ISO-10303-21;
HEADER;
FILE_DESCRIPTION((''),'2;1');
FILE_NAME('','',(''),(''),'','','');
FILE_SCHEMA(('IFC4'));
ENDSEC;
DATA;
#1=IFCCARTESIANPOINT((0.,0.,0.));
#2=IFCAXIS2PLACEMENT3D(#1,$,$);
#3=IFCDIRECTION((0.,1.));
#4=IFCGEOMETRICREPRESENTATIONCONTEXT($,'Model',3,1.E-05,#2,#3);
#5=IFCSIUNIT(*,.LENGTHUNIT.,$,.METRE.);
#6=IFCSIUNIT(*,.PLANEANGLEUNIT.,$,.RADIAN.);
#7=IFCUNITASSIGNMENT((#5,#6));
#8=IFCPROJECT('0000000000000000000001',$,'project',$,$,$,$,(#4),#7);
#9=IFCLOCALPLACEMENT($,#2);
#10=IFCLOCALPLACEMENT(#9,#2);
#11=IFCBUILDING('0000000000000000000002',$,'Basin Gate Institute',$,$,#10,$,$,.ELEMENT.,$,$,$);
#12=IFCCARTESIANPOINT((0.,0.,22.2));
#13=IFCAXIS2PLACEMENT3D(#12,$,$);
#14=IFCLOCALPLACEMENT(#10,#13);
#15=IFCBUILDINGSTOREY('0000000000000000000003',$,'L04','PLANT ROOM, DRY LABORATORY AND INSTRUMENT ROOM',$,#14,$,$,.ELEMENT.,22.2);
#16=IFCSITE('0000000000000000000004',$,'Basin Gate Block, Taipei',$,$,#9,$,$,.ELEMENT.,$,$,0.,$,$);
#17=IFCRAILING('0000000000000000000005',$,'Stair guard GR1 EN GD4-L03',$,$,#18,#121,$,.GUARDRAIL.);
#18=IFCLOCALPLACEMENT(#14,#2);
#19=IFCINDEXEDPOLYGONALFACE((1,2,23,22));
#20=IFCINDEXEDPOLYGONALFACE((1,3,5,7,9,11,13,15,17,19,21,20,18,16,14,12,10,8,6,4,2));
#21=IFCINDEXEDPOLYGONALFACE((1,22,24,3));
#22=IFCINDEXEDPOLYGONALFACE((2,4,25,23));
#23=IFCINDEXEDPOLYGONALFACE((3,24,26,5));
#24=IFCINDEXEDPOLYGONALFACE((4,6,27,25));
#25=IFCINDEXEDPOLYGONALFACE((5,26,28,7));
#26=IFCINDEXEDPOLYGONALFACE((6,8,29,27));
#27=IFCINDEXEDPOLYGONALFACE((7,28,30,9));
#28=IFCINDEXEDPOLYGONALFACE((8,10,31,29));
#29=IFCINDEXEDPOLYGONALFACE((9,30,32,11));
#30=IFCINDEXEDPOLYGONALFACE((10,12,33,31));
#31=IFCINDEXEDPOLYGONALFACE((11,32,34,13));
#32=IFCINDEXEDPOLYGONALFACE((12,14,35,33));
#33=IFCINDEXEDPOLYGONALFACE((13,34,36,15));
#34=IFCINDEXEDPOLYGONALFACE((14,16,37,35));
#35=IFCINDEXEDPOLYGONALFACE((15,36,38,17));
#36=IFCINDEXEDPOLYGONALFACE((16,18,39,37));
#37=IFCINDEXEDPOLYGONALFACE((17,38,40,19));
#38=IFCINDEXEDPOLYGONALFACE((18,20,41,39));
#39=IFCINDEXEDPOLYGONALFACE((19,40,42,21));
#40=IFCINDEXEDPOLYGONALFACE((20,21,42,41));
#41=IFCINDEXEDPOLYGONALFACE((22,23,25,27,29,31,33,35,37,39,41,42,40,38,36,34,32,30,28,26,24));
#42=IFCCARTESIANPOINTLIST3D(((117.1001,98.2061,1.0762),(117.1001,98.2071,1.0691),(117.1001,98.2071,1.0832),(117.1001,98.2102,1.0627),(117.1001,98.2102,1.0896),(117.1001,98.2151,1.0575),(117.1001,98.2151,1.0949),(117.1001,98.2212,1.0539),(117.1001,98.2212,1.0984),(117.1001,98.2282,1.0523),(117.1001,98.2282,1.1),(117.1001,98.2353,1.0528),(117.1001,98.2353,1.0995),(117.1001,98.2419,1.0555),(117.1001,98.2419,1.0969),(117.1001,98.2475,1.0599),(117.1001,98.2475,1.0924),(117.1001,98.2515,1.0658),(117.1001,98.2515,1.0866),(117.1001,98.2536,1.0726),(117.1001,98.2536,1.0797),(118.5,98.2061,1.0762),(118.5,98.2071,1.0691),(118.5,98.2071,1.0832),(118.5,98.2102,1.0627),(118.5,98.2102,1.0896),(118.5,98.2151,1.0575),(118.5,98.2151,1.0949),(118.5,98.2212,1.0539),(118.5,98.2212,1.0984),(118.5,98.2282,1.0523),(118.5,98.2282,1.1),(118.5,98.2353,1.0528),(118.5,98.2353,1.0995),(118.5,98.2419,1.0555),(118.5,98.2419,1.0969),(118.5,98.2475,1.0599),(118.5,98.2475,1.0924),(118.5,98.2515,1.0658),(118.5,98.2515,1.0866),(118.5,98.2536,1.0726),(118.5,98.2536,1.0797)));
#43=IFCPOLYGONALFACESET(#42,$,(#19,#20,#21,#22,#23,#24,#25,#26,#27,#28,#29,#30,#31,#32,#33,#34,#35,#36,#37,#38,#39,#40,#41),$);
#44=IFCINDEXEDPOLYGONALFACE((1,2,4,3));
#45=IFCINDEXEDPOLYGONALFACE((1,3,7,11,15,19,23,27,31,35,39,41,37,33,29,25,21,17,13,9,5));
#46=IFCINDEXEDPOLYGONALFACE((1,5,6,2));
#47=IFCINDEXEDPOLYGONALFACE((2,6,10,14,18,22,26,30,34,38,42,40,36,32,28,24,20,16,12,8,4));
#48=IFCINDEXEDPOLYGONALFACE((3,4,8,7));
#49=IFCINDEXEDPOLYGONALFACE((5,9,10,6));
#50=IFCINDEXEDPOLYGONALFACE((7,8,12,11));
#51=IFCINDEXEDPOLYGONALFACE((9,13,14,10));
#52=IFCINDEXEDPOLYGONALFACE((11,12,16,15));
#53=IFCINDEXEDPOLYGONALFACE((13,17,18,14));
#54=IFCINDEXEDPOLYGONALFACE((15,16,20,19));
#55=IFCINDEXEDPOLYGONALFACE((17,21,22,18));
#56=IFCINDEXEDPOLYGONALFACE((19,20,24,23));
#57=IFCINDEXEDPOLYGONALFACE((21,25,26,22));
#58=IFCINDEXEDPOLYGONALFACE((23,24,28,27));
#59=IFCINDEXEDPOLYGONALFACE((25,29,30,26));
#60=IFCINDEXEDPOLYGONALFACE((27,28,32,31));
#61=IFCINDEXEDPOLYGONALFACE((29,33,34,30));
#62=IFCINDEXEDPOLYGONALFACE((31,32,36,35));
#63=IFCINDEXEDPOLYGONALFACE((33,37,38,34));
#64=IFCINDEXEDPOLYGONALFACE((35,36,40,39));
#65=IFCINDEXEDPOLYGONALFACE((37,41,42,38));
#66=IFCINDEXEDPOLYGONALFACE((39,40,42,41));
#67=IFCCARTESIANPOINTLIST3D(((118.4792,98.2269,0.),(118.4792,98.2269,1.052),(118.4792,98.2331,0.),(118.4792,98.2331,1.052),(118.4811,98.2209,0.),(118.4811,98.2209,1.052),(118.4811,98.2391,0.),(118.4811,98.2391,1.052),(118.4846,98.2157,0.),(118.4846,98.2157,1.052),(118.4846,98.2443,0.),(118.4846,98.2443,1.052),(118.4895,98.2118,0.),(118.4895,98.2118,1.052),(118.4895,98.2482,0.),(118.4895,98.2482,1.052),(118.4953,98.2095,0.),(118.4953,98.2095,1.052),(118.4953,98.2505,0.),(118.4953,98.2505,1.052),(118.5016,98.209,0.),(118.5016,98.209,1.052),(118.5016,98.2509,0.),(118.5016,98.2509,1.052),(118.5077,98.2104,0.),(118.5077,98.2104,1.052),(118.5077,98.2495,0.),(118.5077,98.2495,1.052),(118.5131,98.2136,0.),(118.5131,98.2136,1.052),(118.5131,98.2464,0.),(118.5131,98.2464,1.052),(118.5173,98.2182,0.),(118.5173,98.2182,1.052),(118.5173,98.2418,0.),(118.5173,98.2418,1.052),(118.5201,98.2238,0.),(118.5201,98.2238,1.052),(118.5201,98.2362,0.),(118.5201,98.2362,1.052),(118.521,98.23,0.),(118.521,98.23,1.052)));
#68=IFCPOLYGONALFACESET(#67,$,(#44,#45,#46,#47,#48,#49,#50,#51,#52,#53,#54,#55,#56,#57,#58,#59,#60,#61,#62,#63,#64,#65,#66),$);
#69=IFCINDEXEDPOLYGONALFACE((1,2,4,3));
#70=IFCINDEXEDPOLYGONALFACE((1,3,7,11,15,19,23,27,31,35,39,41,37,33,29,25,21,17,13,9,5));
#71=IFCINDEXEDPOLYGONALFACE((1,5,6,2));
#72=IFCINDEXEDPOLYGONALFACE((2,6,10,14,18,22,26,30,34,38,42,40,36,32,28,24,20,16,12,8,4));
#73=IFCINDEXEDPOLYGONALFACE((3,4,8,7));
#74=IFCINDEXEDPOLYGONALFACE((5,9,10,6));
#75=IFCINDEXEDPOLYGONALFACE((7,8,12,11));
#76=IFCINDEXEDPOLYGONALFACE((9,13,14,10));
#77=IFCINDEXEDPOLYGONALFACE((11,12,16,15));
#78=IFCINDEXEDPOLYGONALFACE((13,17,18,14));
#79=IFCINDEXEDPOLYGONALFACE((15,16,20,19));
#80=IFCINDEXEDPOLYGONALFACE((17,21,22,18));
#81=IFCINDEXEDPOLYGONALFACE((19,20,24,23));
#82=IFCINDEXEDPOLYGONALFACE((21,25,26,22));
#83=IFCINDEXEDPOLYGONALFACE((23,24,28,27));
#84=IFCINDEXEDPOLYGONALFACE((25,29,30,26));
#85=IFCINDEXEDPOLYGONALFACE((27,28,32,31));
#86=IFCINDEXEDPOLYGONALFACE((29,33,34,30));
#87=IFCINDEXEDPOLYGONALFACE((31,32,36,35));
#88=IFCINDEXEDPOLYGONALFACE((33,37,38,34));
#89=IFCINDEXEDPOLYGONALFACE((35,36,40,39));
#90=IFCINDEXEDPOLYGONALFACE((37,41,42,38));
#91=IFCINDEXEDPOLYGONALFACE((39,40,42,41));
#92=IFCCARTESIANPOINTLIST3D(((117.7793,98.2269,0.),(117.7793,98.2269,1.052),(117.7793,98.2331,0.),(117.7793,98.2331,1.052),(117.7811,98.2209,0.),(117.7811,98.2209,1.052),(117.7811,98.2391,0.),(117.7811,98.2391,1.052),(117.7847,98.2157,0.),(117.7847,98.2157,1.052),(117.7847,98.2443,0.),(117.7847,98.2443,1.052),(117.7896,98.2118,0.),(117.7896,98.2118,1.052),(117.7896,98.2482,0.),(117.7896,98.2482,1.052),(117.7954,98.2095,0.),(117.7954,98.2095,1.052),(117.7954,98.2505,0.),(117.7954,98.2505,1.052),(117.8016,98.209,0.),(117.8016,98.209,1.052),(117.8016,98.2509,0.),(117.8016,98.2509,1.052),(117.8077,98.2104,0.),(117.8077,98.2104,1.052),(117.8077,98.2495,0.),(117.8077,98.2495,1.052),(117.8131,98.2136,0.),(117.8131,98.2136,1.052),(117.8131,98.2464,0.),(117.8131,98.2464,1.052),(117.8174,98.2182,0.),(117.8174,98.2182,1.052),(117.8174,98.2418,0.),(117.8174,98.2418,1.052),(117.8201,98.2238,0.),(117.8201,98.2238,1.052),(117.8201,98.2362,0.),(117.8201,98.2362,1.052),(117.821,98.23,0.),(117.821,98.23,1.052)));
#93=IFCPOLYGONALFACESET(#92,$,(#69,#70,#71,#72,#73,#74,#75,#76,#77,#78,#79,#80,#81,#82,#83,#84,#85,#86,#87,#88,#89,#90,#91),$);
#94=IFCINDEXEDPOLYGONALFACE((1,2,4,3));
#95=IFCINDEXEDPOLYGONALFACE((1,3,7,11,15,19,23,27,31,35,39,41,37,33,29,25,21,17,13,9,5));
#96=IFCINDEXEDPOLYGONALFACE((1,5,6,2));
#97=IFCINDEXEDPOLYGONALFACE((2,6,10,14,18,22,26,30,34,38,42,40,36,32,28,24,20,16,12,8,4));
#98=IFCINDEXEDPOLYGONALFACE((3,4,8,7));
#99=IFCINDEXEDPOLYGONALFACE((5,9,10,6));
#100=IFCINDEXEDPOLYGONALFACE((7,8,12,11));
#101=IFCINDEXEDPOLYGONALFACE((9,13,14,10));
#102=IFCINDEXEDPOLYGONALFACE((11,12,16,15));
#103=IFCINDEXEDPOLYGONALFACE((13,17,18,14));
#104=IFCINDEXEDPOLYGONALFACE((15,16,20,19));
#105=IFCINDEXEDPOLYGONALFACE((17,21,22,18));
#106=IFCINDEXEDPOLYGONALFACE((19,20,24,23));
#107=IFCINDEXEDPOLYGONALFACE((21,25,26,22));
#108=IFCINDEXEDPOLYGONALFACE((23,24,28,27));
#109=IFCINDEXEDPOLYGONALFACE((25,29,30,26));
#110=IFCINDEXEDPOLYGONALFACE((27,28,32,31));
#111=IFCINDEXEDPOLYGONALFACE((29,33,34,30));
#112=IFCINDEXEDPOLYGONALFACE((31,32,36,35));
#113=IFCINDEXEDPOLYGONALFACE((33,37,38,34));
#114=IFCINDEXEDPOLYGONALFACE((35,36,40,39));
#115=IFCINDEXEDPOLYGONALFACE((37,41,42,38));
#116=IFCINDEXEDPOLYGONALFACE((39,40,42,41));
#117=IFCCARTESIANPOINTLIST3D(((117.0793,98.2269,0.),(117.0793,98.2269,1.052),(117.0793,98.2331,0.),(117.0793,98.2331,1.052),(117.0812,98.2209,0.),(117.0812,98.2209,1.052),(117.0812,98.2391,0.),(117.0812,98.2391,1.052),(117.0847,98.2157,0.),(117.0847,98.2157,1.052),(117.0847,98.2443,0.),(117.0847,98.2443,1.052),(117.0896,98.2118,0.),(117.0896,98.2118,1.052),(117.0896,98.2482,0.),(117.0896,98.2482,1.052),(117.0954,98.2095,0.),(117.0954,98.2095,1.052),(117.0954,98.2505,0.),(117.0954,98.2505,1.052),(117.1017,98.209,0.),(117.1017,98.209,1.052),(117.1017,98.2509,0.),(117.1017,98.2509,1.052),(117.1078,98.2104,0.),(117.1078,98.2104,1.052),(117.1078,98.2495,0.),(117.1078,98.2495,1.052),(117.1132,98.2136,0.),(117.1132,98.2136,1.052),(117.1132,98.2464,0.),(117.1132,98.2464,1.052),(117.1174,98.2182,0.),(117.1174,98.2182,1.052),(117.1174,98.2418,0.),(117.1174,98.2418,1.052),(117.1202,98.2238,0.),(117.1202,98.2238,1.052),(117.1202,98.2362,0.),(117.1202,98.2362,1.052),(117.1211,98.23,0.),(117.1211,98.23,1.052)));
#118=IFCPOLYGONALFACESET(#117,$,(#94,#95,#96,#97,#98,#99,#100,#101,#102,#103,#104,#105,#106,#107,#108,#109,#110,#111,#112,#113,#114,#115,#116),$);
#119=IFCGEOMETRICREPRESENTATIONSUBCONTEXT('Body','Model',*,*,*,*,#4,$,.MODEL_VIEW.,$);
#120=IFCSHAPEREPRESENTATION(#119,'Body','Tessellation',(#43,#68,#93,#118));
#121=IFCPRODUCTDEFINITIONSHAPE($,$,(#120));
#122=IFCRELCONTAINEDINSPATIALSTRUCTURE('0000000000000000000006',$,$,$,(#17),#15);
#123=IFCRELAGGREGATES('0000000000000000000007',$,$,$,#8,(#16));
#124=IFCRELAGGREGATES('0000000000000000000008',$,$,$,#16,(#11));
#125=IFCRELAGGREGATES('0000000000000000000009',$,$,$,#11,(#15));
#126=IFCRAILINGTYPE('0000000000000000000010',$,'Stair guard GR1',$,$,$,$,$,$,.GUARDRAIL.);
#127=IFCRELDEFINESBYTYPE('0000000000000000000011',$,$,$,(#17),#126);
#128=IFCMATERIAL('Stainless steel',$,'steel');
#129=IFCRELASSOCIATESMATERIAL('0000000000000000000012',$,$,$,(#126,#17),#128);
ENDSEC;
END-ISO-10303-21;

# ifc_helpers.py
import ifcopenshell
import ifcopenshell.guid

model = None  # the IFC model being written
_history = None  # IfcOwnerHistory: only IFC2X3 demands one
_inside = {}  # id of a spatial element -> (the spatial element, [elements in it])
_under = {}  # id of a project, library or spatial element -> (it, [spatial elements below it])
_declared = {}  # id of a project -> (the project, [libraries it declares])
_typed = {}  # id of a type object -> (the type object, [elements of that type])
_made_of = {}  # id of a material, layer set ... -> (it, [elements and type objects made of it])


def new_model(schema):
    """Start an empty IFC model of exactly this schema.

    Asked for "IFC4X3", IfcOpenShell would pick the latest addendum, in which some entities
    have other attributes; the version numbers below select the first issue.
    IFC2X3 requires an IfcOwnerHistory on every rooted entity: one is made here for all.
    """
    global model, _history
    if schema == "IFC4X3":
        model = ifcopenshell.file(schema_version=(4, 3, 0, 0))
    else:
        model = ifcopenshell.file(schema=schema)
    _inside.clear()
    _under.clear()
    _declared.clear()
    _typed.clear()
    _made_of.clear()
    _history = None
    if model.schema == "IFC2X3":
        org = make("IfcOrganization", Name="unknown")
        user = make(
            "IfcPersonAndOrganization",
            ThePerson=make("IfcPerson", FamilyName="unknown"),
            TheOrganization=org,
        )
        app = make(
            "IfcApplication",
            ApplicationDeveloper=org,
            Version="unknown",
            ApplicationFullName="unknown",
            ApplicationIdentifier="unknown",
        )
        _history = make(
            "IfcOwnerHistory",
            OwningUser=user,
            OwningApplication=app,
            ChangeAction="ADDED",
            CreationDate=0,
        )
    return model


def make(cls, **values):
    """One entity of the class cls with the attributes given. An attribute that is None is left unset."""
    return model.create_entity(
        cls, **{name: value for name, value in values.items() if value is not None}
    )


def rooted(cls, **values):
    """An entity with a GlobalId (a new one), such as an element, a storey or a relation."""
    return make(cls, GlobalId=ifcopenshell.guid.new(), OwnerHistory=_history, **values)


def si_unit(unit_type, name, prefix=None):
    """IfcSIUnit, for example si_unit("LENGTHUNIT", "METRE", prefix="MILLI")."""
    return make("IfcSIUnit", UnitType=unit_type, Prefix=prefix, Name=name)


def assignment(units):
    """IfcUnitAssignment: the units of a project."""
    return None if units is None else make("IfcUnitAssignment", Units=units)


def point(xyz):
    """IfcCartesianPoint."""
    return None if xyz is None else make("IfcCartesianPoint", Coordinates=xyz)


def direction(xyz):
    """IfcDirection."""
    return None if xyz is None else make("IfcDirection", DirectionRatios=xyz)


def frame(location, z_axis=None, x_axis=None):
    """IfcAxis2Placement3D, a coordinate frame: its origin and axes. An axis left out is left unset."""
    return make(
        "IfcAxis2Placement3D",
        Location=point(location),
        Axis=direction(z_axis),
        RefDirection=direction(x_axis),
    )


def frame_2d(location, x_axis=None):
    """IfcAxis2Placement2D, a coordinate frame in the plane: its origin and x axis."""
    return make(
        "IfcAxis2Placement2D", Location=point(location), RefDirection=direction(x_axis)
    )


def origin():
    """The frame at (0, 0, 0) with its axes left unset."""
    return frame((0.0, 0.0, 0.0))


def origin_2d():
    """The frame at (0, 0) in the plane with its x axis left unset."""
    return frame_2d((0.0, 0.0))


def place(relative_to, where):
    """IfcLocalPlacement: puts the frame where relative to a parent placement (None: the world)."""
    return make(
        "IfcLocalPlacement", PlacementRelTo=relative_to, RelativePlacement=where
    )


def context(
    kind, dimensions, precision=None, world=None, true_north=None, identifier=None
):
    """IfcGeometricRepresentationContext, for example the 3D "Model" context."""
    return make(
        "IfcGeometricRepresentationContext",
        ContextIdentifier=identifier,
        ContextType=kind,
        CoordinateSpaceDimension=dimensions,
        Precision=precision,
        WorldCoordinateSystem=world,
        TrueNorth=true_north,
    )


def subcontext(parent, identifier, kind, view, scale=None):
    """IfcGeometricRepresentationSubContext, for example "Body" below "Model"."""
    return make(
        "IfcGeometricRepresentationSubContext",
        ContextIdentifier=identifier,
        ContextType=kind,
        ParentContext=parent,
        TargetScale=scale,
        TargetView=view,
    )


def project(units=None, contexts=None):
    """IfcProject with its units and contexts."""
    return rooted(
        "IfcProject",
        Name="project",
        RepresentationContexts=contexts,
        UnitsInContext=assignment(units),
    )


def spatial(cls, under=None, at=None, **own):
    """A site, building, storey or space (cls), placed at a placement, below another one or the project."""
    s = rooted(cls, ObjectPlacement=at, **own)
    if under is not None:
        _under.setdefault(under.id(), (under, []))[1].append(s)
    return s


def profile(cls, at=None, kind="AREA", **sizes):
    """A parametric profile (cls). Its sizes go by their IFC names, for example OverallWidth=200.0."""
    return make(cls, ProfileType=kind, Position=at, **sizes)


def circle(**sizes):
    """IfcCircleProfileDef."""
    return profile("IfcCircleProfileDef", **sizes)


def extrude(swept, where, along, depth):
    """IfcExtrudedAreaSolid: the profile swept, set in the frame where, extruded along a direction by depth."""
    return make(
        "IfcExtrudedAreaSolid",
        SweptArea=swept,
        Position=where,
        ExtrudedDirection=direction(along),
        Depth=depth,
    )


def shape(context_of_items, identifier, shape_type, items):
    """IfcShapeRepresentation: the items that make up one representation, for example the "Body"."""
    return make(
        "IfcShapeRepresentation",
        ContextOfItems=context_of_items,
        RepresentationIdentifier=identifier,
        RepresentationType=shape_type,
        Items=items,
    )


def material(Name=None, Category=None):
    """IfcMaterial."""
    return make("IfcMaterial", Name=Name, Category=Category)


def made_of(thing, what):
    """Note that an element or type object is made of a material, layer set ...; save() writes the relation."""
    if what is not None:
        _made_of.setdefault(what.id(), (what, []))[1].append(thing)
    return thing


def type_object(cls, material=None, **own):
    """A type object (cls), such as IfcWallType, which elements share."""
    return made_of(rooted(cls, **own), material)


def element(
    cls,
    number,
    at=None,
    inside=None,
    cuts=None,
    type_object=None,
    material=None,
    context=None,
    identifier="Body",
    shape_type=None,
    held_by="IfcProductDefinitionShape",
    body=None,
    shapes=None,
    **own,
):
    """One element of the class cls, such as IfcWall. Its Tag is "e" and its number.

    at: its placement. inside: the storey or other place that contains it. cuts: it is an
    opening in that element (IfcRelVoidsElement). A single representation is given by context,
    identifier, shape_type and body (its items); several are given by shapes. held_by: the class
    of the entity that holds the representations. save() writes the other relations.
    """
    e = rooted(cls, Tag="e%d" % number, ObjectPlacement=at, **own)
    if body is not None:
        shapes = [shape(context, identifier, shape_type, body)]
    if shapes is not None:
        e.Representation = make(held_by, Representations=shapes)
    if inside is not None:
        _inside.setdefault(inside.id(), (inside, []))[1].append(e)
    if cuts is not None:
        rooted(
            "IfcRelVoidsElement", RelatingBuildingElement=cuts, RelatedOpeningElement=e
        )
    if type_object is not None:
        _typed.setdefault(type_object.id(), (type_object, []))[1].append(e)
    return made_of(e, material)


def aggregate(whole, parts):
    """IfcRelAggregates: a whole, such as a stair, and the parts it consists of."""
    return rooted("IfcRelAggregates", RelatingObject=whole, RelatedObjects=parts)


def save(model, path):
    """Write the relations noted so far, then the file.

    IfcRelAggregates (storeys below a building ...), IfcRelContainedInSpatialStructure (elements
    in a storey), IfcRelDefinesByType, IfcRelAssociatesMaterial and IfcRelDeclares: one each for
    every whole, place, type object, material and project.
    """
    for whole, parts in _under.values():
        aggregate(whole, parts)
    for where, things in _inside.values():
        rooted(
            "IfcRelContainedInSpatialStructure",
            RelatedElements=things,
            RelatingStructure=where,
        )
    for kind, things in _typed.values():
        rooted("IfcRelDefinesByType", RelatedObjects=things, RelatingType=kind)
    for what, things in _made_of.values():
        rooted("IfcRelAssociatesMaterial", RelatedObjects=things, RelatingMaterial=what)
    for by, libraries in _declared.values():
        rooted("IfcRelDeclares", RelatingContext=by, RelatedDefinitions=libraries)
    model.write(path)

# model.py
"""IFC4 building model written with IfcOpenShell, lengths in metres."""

from ifc_helpers import new_model, si_unit, direction, frame, origin, origin_2d, place, context, subcontext, project, spatial, circle, extrude, material, type_object, element, save


model = new_model("IFC4")

# Units and contexts
model_context = context("Model", 3, precision=1e-05, world=origin(), true_north=direction((0.0, 1.0)))
body_context = subcontext(model_context, "Body", "Model", "MODEL_VIEW")
ifc_project = project(units=[si_unit("LENGTHUNIT", "METRE"), si_unit("PLANEANGLEUNIT", "RADIAN")], contexts=[model_context])

# Site, building, storey
site_placement = place(None, origin())
site = spatial("IfcSite", under=ifc_project, at=site_placement, Name="Basin Gate Block, Taipei", CompositionType="ELEMENT", RefElevation=0.0)
building_placement = place(site_placement, origin())
building = spatial("IfcBuilding", under=site, at=building_placement, Name="Basin Gate Institute", CompositionType="ELEMENT")
storey_placement = place(building_placement, frame((0.0, 0.0, 22.2)))
storey = spatial("IfcBuildingStorey", under=building, at=storey_placement, Name="L04", Description="PLANT ROOM, DRY LABORATORY AND INSTRUMENT ROOM", CompositionType="ELEMENT", Elevation=22.2)

# Railing
ifc_material_1 = material(Name="Stainless steel", Category="steel")
railing_type_1 = type_object("IfcRailingType", Name="Stair guard GR1", PredefinedType="GUARDRAIL", material=ifc_material_1)
railing_1_placement = place(storey_placement, frame((118.5, 98.23, 0.0)))
element("IfcRailing", 1, at=railing_1_placement, inside=storey, type_object=railing_type_1, material=ifc_material_1, Name="Stair guard GR1 EN GD4-L03", PredefinedType="GUARDRAIL", context=body_context, shape_type="SweptSolid", body=[
    extrude(circle(Radius=0.0239, at=origin_2d()), frame((0.0, 0.0, 1.0762), z_axis=(-1.0, 0.0, 0.0), x_axis=(0.0, -1.0, 0.0)), (0.0, 0.0, 1.0), 1.3999),
    extrude(circle(Radius=0.021, at=origin_2d()), origin(), (0.0, 0.0, 1.0), 1.052),
    extrude(circle(Radius=0.021, at=origin_2d()), frame((-0.7, 0.0, 0.0)), (0.0, 0.0, 1.0), 1.052),
    extrude(circle(Radius=0.021, at=origin_2d()), frame((-1.3999, 0.0, 0.0)), (0.0, 0.0, 1.0), 1.052),
])

save(model, "model.ifc")
